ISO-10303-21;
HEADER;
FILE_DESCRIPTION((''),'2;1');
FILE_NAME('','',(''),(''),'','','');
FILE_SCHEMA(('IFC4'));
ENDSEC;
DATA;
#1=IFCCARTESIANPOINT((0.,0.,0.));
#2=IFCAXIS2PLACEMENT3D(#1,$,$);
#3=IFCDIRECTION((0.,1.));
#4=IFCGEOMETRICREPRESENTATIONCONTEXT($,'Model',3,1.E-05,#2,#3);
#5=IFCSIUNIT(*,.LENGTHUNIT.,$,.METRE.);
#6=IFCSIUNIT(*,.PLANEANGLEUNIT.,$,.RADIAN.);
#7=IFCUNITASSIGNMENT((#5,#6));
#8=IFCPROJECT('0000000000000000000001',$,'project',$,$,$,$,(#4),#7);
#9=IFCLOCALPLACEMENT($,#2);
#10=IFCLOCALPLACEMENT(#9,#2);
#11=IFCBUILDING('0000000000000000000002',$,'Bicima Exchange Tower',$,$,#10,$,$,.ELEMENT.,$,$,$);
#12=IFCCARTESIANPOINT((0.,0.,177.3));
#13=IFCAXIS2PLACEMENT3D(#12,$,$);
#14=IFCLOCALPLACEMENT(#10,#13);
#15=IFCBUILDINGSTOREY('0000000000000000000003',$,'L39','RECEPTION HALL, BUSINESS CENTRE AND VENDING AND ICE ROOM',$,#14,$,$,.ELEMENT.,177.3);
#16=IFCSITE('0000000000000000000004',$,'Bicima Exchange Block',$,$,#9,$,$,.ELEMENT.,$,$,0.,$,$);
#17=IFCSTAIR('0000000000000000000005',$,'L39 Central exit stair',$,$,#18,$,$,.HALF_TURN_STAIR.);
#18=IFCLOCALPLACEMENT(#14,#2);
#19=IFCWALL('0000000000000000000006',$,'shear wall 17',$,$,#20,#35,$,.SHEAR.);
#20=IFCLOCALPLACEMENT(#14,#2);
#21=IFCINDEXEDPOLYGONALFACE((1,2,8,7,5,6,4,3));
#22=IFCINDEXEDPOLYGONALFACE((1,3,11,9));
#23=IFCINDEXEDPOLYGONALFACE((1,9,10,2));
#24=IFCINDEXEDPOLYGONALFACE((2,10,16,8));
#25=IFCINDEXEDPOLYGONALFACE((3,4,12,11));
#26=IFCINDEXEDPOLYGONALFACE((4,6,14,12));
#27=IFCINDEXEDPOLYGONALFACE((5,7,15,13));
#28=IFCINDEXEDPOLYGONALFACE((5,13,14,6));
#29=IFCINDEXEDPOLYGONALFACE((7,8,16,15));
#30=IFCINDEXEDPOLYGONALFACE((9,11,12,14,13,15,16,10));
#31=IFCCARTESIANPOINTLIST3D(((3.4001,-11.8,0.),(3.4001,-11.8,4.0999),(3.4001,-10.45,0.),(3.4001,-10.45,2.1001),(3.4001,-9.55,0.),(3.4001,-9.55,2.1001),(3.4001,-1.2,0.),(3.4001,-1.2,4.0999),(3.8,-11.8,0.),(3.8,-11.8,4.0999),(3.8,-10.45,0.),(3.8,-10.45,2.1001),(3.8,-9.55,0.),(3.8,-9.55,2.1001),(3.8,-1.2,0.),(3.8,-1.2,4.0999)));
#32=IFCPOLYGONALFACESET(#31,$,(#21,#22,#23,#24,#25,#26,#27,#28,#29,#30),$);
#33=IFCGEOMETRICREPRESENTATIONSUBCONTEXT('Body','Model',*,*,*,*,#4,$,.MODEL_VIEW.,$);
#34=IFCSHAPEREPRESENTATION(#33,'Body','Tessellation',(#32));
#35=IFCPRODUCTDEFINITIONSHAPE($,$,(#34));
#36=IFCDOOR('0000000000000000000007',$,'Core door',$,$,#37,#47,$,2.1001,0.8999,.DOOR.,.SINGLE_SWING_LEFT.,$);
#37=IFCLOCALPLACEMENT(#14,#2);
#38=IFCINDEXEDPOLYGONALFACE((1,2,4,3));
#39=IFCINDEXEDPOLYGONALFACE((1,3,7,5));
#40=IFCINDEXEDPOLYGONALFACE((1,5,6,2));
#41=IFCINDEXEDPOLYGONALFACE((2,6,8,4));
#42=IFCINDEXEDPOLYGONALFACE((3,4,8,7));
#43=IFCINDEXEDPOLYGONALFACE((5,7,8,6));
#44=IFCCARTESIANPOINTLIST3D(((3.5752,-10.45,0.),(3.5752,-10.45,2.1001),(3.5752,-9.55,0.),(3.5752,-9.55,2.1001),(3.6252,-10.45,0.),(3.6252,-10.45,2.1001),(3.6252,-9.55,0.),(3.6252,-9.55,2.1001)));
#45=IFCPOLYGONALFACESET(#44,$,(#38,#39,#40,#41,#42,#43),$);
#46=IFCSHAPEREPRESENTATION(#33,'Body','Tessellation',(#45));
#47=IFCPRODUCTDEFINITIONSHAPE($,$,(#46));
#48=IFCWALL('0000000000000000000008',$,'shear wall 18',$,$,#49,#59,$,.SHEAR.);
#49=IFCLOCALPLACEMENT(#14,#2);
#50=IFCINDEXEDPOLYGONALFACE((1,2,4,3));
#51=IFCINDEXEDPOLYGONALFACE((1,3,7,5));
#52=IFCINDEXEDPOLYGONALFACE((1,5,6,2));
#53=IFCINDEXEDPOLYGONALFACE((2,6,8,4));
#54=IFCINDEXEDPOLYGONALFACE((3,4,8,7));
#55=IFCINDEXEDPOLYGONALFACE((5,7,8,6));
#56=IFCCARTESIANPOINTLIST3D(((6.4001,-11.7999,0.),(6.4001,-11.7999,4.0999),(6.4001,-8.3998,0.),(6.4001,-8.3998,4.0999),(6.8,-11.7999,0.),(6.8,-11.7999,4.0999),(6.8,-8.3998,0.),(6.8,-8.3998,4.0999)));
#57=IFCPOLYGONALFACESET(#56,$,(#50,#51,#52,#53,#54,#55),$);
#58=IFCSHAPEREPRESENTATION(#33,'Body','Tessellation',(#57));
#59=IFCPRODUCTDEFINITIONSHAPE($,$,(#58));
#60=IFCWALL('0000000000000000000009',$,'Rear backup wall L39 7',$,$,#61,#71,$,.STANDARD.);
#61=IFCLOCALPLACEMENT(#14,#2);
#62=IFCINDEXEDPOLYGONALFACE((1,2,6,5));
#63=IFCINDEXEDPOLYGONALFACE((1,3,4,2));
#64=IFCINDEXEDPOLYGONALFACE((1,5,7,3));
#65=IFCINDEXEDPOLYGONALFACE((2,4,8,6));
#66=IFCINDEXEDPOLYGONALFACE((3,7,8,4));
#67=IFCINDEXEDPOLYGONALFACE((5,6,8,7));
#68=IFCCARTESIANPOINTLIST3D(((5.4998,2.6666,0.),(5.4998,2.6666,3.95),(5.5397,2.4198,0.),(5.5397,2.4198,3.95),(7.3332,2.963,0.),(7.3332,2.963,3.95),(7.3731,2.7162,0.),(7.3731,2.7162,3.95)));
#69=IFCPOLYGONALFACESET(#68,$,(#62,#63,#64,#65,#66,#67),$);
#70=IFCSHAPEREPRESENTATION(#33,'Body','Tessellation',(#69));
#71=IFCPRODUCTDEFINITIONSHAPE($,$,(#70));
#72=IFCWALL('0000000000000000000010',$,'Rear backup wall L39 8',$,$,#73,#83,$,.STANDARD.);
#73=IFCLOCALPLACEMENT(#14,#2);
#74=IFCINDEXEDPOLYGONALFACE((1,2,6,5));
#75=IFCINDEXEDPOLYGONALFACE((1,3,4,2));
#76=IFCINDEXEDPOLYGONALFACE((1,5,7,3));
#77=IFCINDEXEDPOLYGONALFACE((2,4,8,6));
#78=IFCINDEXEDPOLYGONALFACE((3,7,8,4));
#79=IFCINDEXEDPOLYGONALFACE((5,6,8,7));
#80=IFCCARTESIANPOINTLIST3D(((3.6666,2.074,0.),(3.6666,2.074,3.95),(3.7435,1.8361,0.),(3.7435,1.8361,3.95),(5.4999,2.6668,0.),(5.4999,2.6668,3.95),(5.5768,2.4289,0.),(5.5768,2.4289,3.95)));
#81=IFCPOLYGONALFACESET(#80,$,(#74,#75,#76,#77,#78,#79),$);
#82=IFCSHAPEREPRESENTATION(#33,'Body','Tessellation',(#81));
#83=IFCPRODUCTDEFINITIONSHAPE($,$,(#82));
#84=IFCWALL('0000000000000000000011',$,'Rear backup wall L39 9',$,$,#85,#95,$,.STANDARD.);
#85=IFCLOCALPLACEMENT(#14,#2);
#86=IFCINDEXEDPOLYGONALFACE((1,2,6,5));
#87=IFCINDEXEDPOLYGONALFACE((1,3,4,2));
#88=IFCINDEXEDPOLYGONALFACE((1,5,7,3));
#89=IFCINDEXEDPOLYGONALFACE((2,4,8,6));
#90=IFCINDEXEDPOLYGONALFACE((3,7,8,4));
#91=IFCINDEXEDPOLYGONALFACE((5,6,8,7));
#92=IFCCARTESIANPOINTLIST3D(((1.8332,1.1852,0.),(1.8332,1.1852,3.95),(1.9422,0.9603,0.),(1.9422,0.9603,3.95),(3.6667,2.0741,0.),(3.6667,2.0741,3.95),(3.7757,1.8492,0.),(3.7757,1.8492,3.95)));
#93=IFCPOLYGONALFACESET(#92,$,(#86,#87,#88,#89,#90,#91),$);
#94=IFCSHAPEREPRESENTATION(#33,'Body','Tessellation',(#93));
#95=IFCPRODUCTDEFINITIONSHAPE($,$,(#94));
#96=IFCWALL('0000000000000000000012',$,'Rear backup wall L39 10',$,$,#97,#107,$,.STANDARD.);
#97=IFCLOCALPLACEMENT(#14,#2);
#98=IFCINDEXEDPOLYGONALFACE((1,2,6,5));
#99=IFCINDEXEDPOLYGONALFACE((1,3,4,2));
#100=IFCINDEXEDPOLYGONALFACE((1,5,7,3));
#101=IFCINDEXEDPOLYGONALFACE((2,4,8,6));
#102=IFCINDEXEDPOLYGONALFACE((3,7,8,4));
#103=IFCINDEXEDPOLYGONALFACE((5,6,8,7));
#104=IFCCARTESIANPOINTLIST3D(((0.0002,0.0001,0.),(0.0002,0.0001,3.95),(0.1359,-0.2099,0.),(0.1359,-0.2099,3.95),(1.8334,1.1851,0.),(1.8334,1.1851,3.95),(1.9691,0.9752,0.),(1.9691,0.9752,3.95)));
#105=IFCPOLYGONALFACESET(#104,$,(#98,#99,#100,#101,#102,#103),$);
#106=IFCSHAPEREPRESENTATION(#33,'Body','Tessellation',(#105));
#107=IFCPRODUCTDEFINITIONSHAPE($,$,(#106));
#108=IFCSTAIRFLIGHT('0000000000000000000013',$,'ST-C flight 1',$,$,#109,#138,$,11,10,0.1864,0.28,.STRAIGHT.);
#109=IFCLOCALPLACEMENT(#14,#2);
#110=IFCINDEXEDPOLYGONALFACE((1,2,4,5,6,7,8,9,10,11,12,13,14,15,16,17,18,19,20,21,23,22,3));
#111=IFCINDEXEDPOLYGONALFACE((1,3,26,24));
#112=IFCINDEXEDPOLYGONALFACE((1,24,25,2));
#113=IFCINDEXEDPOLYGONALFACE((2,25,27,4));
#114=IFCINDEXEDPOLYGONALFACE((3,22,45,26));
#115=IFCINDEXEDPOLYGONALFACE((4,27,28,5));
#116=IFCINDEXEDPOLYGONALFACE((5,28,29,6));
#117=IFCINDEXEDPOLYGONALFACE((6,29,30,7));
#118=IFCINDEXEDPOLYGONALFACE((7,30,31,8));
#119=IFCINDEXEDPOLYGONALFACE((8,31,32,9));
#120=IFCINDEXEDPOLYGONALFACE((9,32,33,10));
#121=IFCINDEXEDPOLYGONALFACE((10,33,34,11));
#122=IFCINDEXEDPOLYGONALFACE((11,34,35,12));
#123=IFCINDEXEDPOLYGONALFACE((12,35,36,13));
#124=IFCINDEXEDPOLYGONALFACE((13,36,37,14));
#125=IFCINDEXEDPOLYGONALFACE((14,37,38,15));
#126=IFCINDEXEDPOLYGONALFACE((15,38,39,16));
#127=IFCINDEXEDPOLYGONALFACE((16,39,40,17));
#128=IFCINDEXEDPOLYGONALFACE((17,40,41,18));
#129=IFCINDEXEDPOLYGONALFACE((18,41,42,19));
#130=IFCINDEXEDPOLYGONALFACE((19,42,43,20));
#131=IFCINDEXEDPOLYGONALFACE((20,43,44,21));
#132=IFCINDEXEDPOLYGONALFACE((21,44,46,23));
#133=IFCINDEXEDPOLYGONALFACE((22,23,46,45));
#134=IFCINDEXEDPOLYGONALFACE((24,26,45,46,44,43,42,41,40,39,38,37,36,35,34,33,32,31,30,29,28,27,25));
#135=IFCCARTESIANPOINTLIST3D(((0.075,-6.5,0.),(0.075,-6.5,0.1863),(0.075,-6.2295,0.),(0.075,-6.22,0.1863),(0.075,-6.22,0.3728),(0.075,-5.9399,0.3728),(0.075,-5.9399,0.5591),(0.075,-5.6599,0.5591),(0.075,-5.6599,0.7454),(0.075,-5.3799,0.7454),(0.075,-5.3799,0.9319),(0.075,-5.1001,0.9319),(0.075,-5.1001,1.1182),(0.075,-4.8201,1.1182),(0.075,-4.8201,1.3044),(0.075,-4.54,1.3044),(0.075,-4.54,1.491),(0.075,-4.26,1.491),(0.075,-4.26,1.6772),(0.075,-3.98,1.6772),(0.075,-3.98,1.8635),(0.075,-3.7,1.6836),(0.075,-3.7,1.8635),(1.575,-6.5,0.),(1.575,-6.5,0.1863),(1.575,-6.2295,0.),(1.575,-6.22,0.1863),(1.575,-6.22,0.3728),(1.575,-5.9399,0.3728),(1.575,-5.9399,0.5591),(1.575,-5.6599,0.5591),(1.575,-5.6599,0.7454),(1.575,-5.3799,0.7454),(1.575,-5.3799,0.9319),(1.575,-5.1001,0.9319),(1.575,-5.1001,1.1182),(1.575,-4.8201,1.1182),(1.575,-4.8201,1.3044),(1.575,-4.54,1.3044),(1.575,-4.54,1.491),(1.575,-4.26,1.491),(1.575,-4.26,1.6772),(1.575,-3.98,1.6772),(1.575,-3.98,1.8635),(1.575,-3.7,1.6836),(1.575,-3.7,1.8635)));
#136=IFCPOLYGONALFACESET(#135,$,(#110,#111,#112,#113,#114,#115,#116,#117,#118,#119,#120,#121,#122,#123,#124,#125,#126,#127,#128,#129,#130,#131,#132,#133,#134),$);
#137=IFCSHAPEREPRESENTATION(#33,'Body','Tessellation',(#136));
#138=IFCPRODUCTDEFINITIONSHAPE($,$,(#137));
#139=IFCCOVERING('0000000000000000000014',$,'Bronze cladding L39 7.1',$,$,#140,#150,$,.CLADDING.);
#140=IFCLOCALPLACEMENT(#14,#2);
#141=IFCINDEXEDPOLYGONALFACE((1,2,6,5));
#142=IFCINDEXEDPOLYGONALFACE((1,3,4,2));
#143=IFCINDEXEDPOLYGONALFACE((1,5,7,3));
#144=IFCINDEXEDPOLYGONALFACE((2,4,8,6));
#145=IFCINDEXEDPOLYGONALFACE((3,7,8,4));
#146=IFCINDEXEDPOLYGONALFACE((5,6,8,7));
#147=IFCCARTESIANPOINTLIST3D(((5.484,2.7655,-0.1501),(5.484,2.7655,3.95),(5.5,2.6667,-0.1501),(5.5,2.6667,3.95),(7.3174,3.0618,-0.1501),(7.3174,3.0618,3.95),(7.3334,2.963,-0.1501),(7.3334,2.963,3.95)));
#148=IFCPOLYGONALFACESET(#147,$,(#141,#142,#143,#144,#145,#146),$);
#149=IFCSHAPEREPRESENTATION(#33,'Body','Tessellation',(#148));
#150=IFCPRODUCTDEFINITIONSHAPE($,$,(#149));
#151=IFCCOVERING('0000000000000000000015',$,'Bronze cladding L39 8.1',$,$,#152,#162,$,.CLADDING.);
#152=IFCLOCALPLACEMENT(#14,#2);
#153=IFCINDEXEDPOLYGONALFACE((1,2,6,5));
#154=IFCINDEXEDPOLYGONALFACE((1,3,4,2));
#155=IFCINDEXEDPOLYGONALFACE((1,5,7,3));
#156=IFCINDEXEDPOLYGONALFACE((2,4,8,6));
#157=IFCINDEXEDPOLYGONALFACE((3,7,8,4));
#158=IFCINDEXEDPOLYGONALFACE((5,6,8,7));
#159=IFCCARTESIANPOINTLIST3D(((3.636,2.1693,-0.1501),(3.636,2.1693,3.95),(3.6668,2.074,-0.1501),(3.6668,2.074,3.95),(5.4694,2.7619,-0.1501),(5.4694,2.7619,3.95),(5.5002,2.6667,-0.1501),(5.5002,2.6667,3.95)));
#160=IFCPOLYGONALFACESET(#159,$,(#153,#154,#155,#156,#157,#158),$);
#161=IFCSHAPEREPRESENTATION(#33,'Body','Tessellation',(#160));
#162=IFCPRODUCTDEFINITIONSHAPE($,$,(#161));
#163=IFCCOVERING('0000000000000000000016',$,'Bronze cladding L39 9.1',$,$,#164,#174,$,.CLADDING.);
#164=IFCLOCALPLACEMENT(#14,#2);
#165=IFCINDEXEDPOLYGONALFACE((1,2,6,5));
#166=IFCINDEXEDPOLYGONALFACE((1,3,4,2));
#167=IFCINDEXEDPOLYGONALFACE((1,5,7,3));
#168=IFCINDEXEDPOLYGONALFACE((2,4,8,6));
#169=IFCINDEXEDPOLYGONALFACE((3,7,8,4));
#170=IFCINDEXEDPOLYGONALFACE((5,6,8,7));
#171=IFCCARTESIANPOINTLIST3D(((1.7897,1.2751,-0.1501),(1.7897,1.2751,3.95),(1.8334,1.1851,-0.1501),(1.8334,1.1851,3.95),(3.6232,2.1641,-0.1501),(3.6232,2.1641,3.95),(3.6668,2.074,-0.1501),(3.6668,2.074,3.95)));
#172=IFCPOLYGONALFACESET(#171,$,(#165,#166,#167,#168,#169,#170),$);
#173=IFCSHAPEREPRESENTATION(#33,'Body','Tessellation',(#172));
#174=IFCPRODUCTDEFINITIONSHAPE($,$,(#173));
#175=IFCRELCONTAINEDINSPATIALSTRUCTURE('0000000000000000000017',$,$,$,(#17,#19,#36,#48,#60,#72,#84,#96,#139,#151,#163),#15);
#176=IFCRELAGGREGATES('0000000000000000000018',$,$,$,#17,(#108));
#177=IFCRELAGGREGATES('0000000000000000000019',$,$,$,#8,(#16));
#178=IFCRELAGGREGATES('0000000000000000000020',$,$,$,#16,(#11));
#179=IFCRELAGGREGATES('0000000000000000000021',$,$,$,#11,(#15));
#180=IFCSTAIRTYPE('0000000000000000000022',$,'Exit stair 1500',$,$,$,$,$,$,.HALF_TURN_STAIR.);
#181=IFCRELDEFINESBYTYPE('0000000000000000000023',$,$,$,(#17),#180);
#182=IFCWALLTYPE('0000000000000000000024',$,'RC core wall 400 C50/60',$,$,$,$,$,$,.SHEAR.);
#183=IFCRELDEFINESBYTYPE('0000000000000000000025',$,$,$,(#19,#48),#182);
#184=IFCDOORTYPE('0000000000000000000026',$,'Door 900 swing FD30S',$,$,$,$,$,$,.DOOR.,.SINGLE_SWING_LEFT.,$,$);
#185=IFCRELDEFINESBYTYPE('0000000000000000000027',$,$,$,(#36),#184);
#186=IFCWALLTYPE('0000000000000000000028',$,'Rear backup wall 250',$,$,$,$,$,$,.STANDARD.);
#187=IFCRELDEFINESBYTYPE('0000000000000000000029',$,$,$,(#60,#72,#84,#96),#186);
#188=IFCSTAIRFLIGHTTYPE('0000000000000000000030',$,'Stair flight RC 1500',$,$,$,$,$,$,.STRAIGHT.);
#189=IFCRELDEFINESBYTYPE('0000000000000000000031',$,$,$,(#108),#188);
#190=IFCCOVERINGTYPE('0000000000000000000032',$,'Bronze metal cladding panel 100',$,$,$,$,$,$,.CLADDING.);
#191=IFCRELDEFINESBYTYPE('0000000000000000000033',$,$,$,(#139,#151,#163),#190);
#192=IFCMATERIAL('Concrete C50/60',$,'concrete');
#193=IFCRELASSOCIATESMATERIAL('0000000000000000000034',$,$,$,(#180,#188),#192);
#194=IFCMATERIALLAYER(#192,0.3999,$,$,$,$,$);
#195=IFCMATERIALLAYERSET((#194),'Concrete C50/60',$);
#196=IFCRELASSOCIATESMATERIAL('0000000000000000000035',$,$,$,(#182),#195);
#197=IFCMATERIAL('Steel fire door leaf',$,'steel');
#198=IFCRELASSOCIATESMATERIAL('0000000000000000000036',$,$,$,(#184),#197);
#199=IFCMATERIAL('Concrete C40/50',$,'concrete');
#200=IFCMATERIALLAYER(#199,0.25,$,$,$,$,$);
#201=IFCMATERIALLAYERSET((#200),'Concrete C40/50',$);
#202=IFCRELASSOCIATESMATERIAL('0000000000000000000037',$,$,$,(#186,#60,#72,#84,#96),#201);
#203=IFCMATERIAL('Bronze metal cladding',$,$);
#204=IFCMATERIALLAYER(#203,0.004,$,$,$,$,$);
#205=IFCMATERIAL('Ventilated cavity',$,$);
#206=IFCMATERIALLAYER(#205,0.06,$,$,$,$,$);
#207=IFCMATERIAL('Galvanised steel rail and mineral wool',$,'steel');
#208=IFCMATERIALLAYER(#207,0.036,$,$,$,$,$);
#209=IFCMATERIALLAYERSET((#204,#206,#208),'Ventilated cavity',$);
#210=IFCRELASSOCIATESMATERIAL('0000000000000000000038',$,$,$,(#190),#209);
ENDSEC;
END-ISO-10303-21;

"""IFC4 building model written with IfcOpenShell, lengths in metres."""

from ifc_helpers import new_model, si_unit, direction, frame, frame_2d, origin, origin_2d, place, context, subcontext, project, spatial, polyline, rectangle, outline, extrude, material, layer, layer_set, layer_usage, type_object, element, fill, aggregate, save


model = new_model("IFC4")

# Units and contexts
model_context = context("Model", 3, precision=1e-05, world=origin(), true_north=direction((0.0, 1.0)))
body_context = subcontext(model_context, "Body", "Model", "MODEL_VIEW")
ifc_project = project(units=[si_unit("LENGTHUNIT", "METRE"), si_unit("PLANEANGLEUNIT", "RADIAN")], contexts=[model_context])

# Site, building, storey
site_placement = place(None, origin())
site = spatial("IfcSite", under=ifc_project, at=site_placement, Name="Bicima Exchange Block", CompositionType="ELEMENT", RefElevation=0.0)
building_placement = place(site_placement, origin())
building = spatial("IfcBuilding", under=site, at=building_placement, Name="Bicima Exchange Tower", CompositionType="ELEMENT")
storey_placement = place(building_placement, frame((0.0, 0.0, 177.3)))
storey = spatial("IfcBuildingStorey", under=building, at=storey_placement, Name="L39", Description="RECEPTION HALL, BUSINESS CENTRE AND VENDING AND ICE ROOM", CompositionType="ELEMENT", Elevation=177.3)

# Stair
ifc_material_1 = material(Name="Concrete C50/60", Category="concrete")
stair_type_1 = type_object("IfcStairType", Name="Exit stair 1500", PredefinedType="HALF_TURN_STAIR", material=ifc_material_1)
stair_1_placement = place(storey_placement, origin())
stair_1 = element("IfcStair", 1, at=stair_1_placement, inside=storey, type_object=stair_type_1, Name="L39 Central exit stair", PredefinedType="HALF_TURN_STAIR")

# Shared definitions
ifc_layer_1 = layer(ifc_material_1, 0.3999)
ifc_layer_set_1 = layer_set([ifc_layer_1], Name="Concrete C50/60")
wall_type_1 = type_object("IfcWallType", Name="RC core wall 400 C50/60", PredefinedType="SHEAR", material=ifc_layer_set_1)

# Shared definitions
ifc_material_2 = material(Name="Steel fire door leaf", Category="steel")
door_type_1 = type_object("IfcDoorType", Name="Door 900 swing FD30S", OperationType="SINGLE_SWING_LEFT", PredefinedType="DOOR", material=ifc_material_2)

# Wall, opening, door
wall_1_placement = place(storey_placement, frame((3.6001, -11.8, 0.0), z_axis=(0.0, 0.0, 1.0), x_axis=(0.0, 1.0, 0.0)))
wall_1 = element("IfcWall", 2, at=wall_1_placement, inside=storey, type_object=wall_type_1, Name="shear wall 17", PredefinedType="SHEAR", context=body_context, shape_type="SweptSolid", body=[
    extrude(rectangle(XDim=10.6001, YDim=0.3999, at=frame_2d((5.3, 0.0))), origin(), (0.0, 0.0, 1.0), 4.0999),
])
opening_1_placement = place(wall_1_placement, frame((1.3501, 0.0, 0.0)))
opening_1 = element("IfcOpeningElement", 3, at=opening_1_placement, cuts=wall_1, PredefinedType="OPENING", context=body_context, shape_type="SweptSolid", body=[
    extrude(rectangle(XDim=0.8999, YDim=2.1001, at=frame_2d((0.45, 1.05))), frame((0.0, 0.2119, 0.0), z_axis=(0.0, -1.0, 0.0), x_axis=(1.0, 0.0, 0.0)), (0.0, 0.0, 1.0), 0.4238),
])
door_1_placement = place(opening_1_placement, origin())
door_1 = element("IfcDoor", 4, at=door_1_placement, inside=storey, type_object=door_type_1, Name="Core door", OperationType="SINGLE_SWING_LEFT", OverallHeight=2.1001, OverallWidth=0.8999, PredefinedType="DOOR", context=body_context, shape_type="SweptSolid", body=[
    extrude(rectangle(XDim=0.8999, YDim=2.1001, at=frame_2d((0.45, 1.05))), frame((0.0, 0.0249, 0.0), z_axis=(0.0, -1.0, 0.0), x_axis=(1.0, 0.0, 0.0)), (0.0, 0.0, 1.0), 0.05),
])
fill(opening_1, door_1)

# Walls
wall_2_placement = place(storey_placement, frame((6.6001, -11.8, 0.0), z_axis=(0.0, 0.0, 1.0), x_axis=(0.0, 1.0, 0.0)))
element("IfcWall", 5, at=wall_2_placement, inside=storey, type_object=wall_type_1, Name="shear wall 18", PredefinedType="SHEAR", context=body_context, shape_type="SweptSolid", body=[
    extrude(rectangle(XDim=3.4001, YDim=0.3999, at=frame_2d((1.7002, 0.0))), origin(), (0.0, 0.0, 1.0), 4.0999),
])
ifc_material_3 = material(Name="Concrete C40/50", Category="concrete")
ifc_layer_2 = layer(ifc_material_3, 0.25)
ifc_layer_set_2 = layer_set([ifc_layer_2], Name="Concrete C40/50")
ifc_layer_usage = layer_usage(ifc_layer_set_2, "AXIS2", "POSITIVE", -0.125)
wall_type_2 = type_object("IfcWallType", Name="Rear backup wall 250", PredefinedType="STANDARD", material=ifc_layer_set_2)
wall_3_placement = place(storey_placement, frame((7.3533, 2.8396, 0.0), z_axis=(0.0, 0.0, 1.0), x_axis=(-0.987182, -0.1596, 0.0)))
element("IfcWall", 6, at=wall_3_placement, inside=storey, type_object=wall_type_2, material=ifc_layer_usage, Name="Rear backup wall L39 7", PredefinedType="STANDARD", context=body_context, shape_type="SweptSolid", body=[
    extrude(rectangle(XDim=1.8572, YDim=0.25, at=frame_2d((0.9287, 0.0))), origin(), (0.0, 0.0, 1.0), 3.95),
])
wall_4_placement = place(storey_placement, frame((5.5383, 2.5479, 0.0), z_axis=(0.0, 0.0, 1.0), x_axis=(-0.951496, -0.307662, 0.0)))
element("IfcWall", 7, at=wall_4_placement, inside=storey, type_object=wall_type_2, material=ifc_layer_usage, Name="Rear backup wall L39 8", PredefinedType="STANDARD", context=body_context, shape_type="SweptSolid", body=[
    extrude(rectangle(XDim=1.9268, YDim=0.25, at=frame_2d((0.9634, 0.0))), origin(), (0.0, 0.0, 1.0), 3.95),
])
wall_5_placement = place(storey_placement, frame((3.7212, 1.9617, 0.0), z_axis=(0.0, 0.0, 1.0), x_axis=(-0.899824, -0.436253, 0.0)))
element("IfcWall", 8, at=wall_5_placement, inside=storey, type_object=wall_type_2, material=ifc_layer_usage, Name="Rear backup wall L39 9", PredefinedType="STANDARD", context=body_context, shape_type="SweptSolid", body=[
    extrude(rectangle(XDim=2.0376, YDim=0.25, at=frame_2d((1.0188, 0.0))), origin(), (0.0, 0.0, 1.0), 3.95),
])
wall_6_placement = place(storey_placement, frame((1.9011, 1.0801, 0.0), z_axis=(0.0, 0.0, 1.0), x_axis=(-0.839813, -0.542876, 0.0)))
element("IfcWall", 9, at=wall_6_placement, inside=storey, type_object=wall_type_2, material=ifc_layer_usage, Name="Rear backup wall L39 10", PredefinedType="STANDARD", context=body_context, shape_type="SweptSolid", body=[
    extrude(rectangle(XDim=2.1829, YDim=0.25, at=frame_2d((1.0913, 0.0))), origin(), (0.0, 0.0, 1.0), 3.95),
])

# Stair flight
stair_flight_type = type_object("IfcStairFlightType", Name="Stair flight RC 1500", PredefinedType="STRAIGHT", material=ifc_material_1)
stair_flight_placement = place(storey_placement, frame((0.825, -6.5, 0.0), z_axis=(0.0, 0.0, 1.0), x_axis=(0.0, 1.0, 0.0)))
stair_flight = element("IfcStairFlight", 10, at=stair_flight_placement, type_object=stair_flight_type, Name="ST-C flight 1", NumberOfRisers=11, NumberOfTreads=10, PredefinedType="STRAIGHT", RiserHeight=0.1864, TreadLength=0.28, context=body_context, shape_type="SweptSolid", body=[
    extrude(outline(polyline([(0.0, 0.0), (0.0, 0.1863), (0.28, 0.1863), (0.28, 0.3728), (0.5601, 0.3728), (0.5601, 0.5591), (0.8401, 0.5591), (0.8401, 0.7454), (1.1201, 0.7454), (1.1201, 0.9319), (1.3999, 0.9319), (1.3999, 1.1182), (1.6799, 1.1182), (1.6799, 1.3044), (1.96, 1.3044), (1.96, 1.491), (2.24, 1.491), (2.24, 1.6772), (2.52, 1.6772), (2.52, 1.8635), (2.8, 1.8635), (2.8, 2.05), (2.8, 1.6836), (0.2705, 0.0), (0.0, 0.0)])), frame((0.0, 0.75, 0.0), z_axis=(0.0, -1.0, 0.0), x_axis=(1.0, 0.0, 0.0)), (0.0, 0.0, 1.0), 1.5),
])
aggregate(stair_1, [stair_flight])

# Coverings
ifc_material_4 = material(Name="Bronze metal cladding")
ifc_layer_3 = layer(ifc_material_4, 0.004)
ifc_material_5 = material(Name="Ventilated cavity")
ifc_layer_4 = layer(ifc_material_5, 0.06)
ifc_material_6 = material(Name="Galvanised steel rail and mineral wool", Category="steel")
ifc_layer_5 = layer(ifc_material_6, 0.036)
ifc_layer_set_3 = layer_set([ifc_layer_3, ifc_layer_4, ifc_layer_5], Name="Ventilated cavity")
covering_type = type_object("IfcCoveringType", Name="Bronze metal cladding panel 100", PredefinedType="CLADDING", material=ifc_layer_set_3)
covering_1_placement = place(storey_placement, frame((6.4087, 2.8643, -0.1501), z_axis=(0.0, 0.0, 1.0), x_axis=(-0.98719, -0.15955, 0.0)))
element("IfcCovering", 11, at=covering_1_placement, inside=storey, type_object=covering_type, Name="Bronze cladding L39 7.1", PredefinedType="CLADDING", context=body_context, shape_type="SweptSolid", body=[
    extrude(rectangle(XDim=1.8572, YDim=0.1001, at=origin_2d()), origin(), (0.0, 0.0, 1.0), 4.1001),
])
covering_2_placement = place(storey_placement, frame((4.5681, 2.418, -0.1501), z_axis=(0.0, 0.0, 1.0), x_axis=(-0.951525, -0.307573, 0.0)))
element("IfcCovering", 12, at=covering_2_placement, inside=storey, type_object=covering_type, Name="Bronze cladding L39 8.1", PredefinedType="CLADDING", context=body_context, shape_type="SweptSolid", body=[
    extrude(rectangle(XDim=1.9268, YDim=0.1001, at=origin_2d()), origin(), (0.0, 0.0, 1.0), 4.1001),
])
covering_3_placement = place(storey_placement, frame((2.7283, 1.6746, -0.1501), z_axis=(0.0, 0.0, 1.0), x_axis=(-0.899818, -0.436265, 0.0)))
element("IfcCovering", 13, at=covering_3_placement, inside=storey, type_object=covering_type, Name="Bronze cladding L39 9.1", PredefinedType="CLADDING", context=body_context, shape_type="SweptSolid", body=[
    extrude(rectangle(XDim=2.0376, YDim=0.1001, at=origin_2d()), origin(), (0.0, 0.0, 1.0), 4.1001),
])

save(model, "model.ifc")
